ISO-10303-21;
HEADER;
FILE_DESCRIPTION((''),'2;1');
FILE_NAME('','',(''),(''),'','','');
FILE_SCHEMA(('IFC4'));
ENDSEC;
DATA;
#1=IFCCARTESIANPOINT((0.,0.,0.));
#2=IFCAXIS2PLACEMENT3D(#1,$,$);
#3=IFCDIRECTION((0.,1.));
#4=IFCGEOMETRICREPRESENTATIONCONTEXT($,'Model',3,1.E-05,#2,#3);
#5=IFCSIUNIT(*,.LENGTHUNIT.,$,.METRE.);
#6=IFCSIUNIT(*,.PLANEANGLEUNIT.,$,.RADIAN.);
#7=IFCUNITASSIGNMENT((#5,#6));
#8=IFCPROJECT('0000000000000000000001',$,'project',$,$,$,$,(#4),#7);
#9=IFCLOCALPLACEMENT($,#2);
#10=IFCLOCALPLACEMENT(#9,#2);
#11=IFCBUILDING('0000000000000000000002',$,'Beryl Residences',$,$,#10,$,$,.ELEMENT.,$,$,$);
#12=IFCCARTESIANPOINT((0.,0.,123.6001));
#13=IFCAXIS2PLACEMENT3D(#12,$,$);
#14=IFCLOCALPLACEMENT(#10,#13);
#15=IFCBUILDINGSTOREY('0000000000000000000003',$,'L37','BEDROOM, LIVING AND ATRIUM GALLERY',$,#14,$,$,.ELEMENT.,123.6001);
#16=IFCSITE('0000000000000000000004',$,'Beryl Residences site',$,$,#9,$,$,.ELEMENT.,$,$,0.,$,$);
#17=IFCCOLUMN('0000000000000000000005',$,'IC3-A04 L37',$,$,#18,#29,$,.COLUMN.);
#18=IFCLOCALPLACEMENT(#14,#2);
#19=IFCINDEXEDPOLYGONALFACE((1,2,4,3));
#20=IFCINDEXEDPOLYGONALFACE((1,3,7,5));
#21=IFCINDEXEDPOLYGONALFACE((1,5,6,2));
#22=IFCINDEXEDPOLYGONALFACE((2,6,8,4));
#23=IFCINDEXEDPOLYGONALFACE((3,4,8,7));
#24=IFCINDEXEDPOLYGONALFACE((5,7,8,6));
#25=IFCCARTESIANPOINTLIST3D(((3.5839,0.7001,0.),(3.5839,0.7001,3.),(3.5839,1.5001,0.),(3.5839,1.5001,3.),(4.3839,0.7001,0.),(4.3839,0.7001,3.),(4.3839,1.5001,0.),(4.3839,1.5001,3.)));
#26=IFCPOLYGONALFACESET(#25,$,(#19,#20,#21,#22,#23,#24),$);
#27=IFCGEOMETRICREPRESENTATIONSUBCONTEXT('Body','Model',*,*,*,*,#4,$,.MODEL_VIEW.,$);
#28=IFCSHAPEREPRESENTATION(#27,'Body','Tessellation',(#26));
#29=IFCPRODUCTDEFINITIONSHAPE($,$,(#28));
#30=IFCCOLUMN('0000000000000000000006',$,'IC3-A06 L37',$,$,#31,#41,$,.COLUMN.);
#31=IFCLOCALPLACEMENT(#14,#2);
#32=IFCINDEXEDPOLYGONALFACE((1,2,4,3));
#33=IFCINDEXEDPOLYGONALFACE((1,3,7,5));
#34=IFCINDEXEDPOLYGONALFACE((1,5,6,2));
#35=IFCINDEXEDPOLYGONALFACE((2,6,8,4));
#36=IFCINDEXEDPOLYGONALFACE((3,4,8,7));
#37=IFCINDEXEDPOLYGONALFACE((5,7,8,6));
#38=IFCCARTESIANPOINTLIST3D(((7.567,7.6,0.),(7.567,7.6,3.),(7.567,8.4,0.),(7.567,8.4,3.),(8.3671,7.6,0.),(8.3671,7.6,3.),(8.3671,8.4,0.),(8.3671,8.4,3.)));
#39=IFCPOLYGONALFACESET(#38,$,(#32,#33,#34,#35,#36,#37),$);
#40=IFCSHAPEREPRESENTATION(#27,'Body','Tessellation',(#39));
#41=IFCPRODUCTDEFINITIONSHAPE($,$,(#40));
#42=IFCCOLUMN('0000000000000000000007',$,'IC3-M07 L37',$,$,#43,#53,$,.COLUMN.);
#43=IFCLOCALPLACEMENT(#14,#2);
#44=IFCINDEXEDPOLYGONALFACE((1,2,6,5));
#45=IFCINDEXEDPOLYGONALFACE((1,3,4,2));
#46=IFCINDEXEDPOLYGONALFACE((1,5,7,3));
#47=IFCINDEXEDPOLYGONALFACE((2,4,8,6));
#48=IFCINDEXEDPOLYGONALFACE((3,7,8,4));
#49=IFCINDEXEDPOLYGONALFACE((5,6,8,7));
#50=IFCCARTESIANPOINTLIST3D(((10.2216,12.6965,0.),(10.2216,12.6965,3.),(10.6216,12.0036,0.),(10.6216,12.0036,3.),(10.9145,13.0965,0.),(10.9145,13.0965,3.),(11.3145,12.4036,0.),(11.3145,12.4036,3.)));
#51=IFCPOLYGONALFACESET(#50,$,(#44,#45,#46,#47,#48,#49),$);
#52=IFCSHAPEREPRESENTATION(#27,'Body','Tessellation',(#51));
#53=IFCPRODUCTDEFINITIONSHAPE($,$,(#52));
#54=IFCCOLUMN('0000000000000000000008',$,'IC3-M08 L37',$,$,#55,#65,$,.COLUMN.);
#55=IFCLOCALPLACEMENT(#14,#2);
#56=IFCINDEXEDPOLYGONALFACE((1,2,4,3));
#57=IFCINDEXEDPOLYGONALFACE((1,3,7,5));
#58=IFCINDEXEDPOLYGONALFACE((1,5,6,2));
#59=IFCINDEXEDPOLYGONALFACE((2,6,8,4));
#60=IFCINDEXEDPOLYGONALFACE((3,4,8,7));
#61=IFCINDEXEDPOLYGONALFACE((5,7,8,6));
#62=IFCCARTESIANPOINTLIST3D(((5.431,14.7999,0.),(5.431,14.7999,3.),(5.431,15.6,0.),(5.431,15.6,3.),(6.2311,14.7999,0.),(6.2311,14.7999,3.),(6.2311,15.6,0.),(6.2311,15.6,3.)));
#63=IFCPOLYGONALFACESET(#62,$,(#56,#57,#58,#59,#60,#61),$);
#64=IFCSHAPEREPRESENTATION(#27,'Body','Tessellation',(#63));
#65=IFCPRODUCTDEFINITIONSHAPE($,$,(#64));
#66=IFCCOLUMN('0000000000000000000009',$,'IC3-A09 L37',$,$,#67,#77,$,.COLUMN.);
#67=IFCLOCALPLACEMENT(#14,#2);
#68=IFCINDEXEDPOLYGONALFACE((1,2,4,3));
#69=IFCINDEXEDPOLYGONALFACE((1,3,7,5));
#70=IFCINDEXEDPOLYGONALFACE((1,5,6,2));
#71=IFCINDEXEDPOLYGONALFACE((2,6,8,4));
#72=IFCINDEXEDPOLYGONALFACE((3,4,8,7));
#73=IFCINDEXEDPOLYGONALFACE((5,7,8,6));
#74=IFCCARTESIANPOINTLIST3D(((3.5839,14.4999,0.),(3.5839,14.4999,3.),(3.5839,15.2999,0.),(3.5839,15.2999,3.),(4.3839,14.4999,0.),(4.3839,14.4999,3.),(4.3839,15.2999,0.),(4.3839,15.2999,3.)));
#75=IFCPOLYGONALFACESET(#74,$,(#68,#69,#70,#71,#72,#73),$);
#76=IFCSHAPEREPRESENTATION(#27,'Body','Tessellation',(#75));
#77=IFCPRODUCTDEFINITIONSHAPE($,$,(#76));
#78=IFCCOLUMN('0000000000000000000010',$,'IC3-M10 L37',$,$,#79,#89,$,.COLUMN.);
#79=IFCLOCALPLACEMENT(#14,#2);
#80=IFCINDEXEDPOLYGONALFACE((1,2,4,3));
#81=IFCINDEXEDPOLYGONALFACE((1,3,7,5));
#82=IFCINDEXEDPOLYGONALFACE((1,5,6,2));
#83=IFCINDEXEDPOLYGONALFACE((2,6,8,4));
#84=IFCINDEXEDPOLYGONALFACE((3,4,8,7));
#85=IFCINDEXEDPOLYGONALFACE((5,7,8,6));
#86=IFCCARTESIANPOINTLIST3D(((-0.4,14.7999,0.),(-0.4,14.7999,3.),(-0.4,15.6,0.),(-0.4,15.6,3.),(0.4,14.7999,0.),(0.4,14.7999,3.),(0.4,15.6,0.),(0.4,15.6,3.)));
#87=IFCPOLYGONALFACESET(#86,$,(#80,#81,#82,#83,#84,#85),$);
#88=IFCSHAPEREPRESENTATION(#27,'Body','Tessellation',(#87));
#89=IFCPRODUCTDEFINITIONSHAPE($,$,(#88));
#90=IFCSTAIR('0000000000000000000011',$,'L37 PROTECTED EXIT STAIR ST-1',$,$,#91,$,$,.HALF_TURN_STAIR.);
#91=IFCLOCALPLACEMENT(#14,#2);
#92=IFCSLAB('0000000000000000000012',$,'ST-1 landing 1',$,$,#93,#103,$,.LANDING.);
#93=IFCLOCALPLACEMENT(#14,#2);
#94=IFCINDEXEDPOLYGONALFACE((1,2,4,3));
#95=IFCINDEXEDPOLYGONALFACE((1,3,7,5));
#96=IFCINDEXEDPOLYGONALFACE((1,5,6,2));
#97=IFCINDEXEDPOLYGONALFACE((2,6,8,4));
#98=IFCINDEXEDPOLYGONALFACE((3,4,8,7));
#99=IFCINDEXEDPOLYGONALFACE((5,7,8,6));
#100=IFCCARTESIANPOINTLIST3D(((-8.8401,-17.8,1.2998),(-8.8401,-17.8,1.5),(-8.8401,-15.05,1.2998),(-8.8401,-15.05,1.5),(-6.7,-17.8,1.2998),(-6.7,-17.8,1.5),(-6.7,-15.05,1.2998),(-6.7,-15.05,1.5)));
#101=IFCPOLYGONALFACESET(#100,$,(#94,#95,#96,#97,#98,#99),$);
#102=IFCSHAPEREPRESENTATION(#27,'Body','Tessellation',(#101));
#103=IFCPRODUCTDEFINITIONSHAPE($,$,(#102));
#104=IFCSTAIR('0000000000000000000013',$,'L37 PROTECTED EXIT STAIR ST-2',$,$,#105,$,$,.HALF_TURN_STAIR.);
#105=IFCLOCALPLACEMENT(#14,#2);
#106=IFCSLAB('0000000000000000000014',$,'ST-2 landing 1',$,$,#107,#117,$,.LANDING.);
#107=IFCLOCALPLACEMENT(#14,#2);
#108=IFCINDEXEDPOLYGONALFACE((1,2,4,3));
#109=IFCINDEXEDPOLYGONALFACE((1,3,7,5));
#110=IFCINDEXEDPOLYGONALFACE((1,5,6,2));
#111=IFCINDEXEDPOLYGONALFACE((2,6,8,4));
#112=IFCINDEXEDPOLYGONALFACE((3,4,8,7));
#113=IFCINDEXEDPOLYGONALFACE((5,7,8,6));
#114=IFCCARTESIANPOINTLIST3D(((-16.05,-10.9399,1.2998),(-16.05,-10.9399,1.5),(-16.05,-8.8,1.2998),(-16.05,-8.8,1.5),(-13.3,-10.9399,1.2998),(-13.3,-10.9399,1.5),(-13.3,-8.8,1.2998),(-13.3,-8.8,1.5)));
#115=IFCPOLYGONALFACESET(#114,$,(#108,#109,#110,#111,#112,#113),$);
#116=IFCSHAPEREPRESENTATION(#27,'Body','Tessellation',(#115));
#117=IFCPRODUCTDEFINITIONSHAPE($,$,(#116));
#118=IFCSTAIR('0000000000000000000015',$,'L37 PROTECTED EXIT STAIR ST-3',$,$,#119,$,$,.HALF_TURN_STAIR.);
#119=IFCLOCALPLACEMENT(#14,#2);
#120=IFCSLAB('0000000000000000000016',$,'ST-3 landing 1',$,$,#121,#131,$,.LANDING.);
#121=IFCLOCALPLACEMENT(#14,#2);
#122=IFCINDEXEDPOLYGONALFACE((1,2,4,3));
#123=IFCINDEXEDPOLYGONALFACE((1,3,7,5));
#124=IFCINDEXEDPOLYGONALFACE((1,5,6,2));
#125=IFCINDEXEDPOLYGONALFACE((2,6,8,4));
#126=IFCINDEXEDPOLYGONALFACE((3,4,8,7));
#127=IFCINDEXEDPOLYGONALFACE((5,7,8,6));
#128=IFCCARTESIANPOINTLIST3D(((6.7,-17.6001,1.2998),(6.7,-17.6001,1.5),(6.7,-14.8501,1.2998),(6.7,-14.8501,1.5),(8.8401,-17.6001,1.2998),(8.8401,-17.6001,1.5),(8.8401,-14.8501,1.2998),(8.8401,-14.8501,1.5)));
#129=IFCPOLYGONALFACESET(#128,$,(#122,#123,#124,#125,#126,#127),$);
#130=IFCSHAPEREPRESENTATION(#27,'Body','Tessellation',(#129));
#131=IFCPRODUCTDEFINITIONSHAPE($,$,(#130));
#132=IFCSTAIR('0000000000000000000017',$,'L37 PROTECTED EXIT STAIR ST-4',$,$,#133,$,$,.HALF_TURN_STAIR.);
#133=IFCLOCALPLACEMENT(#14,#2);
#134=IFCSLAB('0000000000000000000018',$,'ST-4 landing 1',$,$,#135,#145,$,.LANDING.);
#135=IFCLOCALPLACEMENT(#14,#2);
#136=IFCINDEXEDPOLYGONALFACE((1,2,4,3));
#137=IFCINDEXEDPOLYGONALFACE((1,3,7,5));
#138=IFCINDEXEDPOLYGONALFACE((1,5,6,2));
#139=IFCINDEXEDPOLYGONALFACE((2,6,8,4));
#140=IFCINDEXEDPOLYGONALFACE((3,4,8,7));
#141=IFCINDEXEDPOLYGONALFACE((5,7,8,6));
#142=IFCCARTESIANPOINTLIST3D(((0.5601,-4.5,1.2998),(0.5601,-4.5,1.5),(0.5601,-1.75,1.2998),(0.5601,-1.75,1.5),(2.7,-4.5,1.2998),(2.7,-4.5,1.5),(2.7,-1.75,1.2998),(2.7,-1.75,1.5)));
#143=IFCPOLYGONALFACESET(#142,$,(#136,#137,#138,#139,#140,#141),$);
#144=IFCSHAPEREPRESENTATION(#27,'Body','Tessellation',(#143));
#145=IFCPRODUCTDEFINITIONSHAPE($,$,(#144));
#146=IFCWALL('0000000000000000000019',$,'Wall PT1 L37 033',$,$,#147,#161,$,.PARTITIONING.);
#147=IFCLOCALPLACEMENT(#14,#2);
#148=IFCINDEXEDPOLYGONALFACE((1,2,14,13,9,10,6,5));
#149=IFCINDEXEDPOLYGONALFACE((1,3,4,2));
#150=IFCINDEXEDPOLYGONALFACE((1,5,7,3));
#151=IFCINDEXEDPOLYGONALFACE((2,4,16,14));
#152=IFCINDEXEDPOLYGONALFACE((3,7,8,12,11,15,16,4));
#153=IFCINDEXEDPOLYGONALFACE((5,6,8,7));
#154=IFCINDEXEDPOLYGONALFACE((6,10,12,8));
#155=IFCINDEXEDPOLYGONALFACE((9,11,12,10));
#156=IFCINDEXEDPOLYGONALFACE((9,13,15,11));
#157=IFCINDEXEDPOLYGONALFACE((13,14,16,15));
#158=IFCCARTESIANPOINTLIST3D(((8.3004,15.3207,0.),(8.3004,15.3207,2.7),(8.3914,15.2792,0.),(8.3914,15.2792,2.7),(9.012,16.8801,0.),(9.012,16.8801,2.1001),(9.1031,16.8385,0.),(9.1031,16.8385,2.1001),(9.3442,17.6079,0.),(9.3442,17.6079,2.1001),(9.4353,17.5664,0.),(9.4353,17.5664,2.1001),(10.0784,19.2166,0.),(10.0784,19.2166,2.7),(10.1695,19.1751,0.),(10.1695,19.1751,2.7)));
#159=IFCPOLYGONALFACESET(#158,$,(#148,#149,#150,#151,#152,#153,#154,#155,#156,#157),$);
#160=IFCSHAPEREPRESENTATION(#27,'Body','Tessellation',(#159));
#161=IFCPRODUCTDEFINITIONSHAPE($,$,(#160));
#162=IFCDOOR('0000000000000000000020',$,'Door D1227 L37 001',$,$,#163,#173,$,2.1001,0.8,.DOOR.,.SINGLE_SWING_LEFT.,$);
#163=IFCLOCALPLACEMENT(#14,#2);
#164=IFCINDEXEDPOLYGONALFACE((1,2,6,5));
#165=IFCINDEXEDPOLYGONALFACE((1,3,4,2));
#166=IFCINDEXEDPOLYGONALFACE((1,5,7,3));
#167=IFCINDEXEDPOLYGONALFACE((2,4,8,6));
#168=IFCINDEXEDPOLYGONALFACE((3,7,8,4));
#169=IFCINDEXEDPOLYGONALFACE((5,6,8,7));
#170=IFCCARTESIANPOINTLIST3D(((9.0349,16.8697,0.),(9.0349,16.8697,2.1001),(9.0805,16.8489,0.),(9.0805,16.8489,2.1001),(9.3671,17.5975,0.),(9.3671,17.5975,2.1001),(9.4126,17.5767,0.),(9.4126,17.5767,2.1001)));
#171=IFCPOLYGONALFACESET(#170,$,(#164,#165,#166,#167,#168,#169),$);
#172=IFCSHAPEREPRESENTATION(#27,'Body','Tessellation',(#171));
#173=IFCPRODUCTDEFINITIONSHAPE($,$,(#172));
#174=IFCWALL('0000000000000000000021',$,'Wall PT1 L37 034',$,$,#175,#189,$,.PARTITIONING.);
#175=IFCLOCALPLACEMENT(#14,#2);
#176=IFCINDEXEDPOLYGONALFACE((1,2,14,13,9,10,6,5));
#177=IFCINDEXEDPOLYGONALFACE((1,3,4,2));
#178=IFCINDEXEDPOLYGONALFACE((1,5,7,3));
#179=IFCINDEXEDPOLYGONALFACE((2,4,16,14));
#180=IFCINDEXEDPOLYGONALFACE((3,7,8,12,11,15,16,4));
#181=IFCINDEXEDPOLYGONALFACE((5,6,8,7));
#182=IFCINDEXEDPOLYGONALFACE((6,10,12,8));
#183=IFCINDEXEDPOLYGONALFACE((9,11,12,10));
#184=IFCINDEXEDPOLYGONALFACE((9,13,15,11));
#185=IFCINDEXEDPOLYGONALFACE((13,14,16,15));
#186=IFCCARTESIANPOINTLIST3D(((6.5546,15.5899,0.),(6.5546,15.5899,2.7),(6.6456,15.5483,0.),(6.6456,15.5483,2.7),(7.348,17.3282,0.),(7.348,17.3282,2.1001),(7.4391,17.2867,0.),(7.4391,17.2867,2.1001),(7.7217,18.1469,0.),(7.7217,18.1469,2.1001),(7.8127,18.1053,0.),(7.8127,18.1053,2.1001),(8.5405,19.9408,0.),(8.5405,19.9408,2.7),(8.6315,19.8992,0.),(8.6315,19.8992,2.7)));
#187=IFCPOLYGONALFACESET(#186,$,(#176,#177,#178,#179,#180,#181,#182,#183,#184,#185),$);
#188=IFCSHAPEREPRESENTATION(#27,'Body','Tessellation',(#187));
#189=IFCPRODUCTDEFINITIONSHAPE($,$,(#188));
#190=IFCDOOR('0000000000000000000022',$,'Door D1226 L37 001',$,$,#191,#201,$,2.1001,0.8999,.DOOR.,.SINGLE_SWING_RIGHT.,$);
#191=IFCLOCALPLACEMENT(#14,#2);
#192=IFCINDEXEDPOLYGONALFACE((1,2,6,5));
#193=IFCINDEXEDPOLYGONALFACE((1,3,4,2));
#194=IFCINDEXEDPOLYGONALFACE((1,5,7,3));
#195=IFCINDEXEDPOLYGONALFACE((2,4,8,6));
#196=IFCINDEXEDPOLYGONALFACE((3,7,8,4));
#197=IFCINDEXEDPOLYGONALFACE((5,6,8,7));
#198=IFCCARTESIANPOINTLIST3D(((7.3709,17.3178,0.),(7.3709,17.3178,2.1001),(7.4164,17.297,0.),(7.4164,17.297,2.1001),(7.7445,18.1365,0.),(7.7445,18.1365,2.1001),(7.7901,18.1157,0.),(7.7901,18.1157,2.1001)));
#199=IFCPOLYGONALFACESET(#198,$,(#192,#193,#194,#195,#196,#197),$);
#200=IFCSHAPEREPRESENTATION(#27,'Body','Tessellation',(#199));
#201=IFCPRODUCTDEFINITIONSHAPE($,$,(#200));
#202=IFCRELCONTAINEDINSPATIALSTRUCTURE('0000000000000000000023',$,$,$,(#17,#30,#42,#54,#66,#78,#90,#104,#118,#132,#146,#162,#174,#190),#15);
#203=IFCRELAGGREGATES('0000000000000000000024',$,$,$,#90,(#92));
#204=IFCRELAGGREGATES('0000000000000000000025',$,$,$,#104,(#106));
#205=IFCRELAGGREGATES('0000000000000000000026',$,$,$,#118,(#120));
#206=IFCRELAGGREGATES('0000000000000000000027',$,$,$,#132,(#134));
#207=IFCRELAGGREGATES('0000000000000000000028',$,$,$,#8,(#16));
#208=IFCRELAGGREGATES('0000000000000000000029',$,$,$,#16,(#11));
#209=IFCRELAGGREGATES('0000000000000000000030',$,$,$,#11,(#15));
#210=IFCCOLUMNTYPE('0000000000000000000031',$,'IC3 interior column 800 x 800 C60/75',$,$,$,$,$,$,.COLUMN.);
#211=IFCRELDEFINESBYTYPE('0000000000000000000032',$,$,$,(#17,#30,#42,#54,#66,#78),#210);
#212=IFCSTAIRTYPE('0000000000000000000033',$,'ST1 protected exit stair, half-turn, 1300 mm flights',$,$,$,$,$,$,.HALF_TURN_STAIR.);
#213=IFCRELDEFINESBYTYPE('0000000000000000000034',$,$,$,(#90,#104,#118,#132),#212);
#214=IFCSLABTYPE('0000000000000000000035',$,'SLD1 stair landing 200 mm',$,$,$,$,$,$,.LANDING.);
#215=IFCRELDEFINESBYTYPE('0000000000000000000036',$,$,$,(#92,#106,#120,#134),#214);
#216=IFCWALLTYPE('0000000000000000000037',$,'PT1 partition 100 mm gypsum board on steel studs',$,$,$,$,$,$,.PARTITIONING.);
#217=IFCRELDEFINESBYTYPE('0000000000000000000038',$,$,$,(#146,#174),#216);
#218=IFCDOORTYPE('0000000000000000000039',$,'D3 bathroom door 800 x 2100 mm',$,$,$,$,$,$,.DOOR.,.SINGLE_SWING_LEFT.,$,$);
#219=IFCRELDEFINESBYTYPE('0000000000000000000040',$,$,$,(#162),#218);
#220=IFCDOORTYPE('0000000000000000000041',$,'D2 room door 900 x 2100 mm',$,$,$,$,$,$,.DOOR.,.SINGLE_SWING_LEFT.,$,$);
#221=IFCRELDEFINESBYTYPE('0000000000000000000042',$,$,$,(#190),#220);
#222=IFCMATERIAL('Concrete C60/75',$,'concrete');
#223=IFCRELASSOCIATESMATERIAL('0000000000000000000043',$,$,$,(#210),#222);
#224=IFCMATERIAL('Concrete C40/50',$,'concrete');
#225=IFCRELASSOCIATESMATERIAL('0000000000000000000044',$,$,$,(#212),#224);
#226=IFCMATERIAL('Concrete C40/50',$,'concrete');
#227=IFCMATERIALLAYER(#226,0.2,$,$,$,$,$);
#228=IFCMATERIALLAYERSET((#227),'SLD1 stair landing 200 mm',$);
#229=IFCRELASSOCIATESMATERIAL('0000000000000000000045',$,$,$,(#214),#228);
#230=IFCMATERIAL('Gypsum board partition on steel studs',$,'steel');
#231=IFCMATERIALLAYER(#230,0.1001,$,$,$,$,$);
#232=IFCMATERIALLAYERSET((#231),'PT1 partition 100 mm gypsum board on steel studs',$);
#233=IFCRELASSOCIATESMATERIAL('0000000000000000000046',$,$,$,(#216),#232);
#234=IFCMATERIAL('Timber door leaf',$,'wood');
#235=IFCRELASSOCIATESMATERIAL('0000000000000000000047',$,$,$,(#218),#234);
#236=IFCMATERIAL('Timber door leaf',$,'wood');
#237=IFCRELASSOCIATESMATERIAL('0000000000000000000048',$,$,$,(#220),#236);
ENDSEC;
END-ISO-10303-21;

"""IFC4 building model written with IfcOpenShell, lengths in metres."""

from ifc_helpers import new_model, si_unit, direction, frame, frame_2d, origin, origin_2d, place, context, subcontext, project, spatial, polyline, rectangle, outline, extrude, material, layer, layer_set, material_profile, profile_set, type_object, element, fill, aggregate, save


model = new_model("IFC4")

# Units and contexts
model_context = context("Model", 3, precision=1e-05, world=origin(), true_north=direction((0.0, 1.0)))
body_context = subcontext(model_context, "Body", "Model", "MODEL_VIEW")
ifc_project = project(units=[si_unit("LENGTHUNIT", "METRE"), si_unit("PLANEANGLEUNIT", "RADIAN")], contexts=[model_context])

# Site, building, storey
site_placement = place(None, origin())
site = spatial("IfcSite", under=ifc_project, at=site_placement, Name="Beryl Residences site", CompositionType="ELEMENT", RefElevation=0.0)
building_placement = place(site_placement, origin())
building = spatial("IfcBuilding", under=site, at=building_placement, Name="Beryl Residences", CompositionType="ELEMENT")
storey_placement = place(building_placement, frame((0.0, 0.0, 123.6001)))
storey = spatial("IfcBuildingStorey", under=building, at=storey_placement, Name="L37", Description="BEDROOM, LIVING AND ATRIUM GALLERY", CompositionType="ELEMENT", Elevation=123.6001)

# Columns
ifc_material_1 = material(Name="Concrete C60/75", Category="concrete")
ifc_material_profile = material_profile(ifc_material_1, rectangle(XDim=0.8, YDim=0.8, at=origin_2d()))
ifc_profile_set = profile_set([ifc_material_profile], Name="Concrete C60/75")
column_type = type_object("IfcColumnType", Name="IC3 interior column 800 x 800 C60/75", PredefinedType="COLUMN", material=ifc_profile_set)
for number, where, z_axis, x_axis, name in (
    (1, (3.9839, 1.1001, 0.0), (0.0, 0.0, 1.0), (1.0, 0.0, 0.0), "IC3-A04 L37"),
    (2, (7.967, 8.0, 0.0), (0.0, 0.0, 1.0), (1.0, 0.0, 0.0), "IC3-A06 L37"),
    (3, (10.7681, 12.55, 0.0), (0.0, 0.0, 1.0), (-0.5, 0.866025, 0.0), "IC3-M07 L37"),
    (4, (5.8311, 15.2, 0.0), (0.0, 0.0, 1.0), (-1.0, 0.0, 0.0), "IC3-M08 L37"),
    (5, (3.9839, 14.8999, 0.0), (0.0, 0.0, 1.0), (1.0, 0.0, 0.0), "IC3-A09 L37"),
    (6, (0.0, 15.2, 0.0), (0.0, 0.0, 1.0), (-1.0, 0.0, 0.0), "IC3-M10 L37"),
):
    element("IfcColumn", number, at=place(storey_placement, frame(where, z_axis=z_axis, x_axis=x_axis)), inside=storey, type_object=column_type, Name=name, PredefinedType="COLUMN", context=body_context, shape_type="SweptSolid", body=[
        extrude(rectangle(XDim=0.8, YDim=0.8, at=origin_2d()), origin(), (0.0, 0.0, 1.0), 3.0),
    ])

# Stairs, slabs
ifc_material_2 = material(Name="Concrete C40/50", Category="concrete")
stair_type = type_object("IfcStairType", Name="ST1 protected exit stair, half-turn, 1300 mm flights", PredefinedType="HALF_TURN_STAIR", material=ifc_material_2)
stair_1_placement = place(storey_placement, origin())
stair_1 = element("IfcStair", 7, at=stair_1_placement, inside=storey, type_object=stair_type, Name="L37 PROTECTED EXIT STAIR ST-1", PredefinedType="HALF_TURN_STAIR")
ifc_material_3 = material(Name="Concrete C40/50", Category="concrete")
ifc_layer_1 = layer(ifc_material_3, 0.2)
ifc_layer_set_1 = layer_set([ifc_layer_1], Name="SLD1 stair landing 200 mm")
slab_type_1 = type_object("IfcSlabType", Name="SLD1 stair landing 200 mm", PredefinedType="LANDING", material=ifc_layer_set_1)
slab_1_placement = place(storey_placement, frame((0.0, 0.0, 1.2998)))
slab_1 = element("IfcSlab", 8, at=slab_1_placement, type_object=slab_type_1, Name="ST-1 landing 1", PredefinedType="LANDING", context=body_context, shape_type="SweptSolid", body=[
    extrude(outline(polyline([(-8.8401, -17.8), (-6.7, -17.8), (-6.7, -15.05), (-8.8401, -15.05), (-8.8401, -17.8)])), origin(), (0.0, 0.0, 1.0), 0.2002),
])
aggregate(stair_1, [slab_1])
stair_2_placement = place(storey_placement, origin())
stair_2 = element("IfcStair", 9, at=stair_2_placement, inside=storey, type_object=stair_type, Name="L37 PROTECTED EXIT STAIR ST-2", PredefinedType="HALF_TURN_STAIR")
slab_2_placement = place(storey_placement, frame((0.0, 0.0, 1.2998)))
slab_2 = element("IfcSlab", 10, at=slab_2_placement, type_object=slab_type_1, Name="ST-2 landing 1", PredefinedType="LANDING", context=body_context, shape_type="SweptSolid", body=[
    extrude(outline(polyline([(-13.3, -10.9399), (-13.3, -8.8), (-16.05, -8.8), (-16.05, -10.9399), (-13.3, -10.9399)])), origin(), (0.0, 0.0, 1.0), 0.2002),
])
aggregate(stair_2, [slab_2])
stair_3_placement = place(storey_placement, origin())
stair_3 = element("IfcStair", 11, at=stair_3_placement, inside=storey, type_object=stair_type, Name="L37 PROTECTED EXIT STAIR ST-3", PredefinedType="HALF_TURN_STAIR")
slab_3_placement = place(storey_placement, frame((0.0, 0.0, 1.2998)))
slab_3 = element("IfcSlab", 12, at=slab_3_placement, type_object=slab_type_1, Name="ST-3 landing 1", PredefinedType="LANDING", context=body_context, shape_type="SweptSolid", body=[
    extrude(outline(polyline([(8.8401, -14.8501), (6.7, -14.8501), (6.7, -17.6001), (8.8401, -17.6001), (8.8401, -14.8501)])), origin(), (0.0, 0.0, 1.0), 0.2002),
])
aggregate(stair_3, [slab_3])
stair_4_placement = place(storey_placement, origin())
stair_4 = element("IfcStair", 13, at=stair_4_placement, inside=storey, type_object=stair_type, Name="L37 PROTECTED EXIT STAIR ST-4", PredefinedType="HALF_TURN_STAIR")
slab_4_placement = place(storey_placement, frame((0.0, 0.0, 1.2998)))
slab_4 = element("IfcSlab", 14, at=slab_4_placement, type_object=slab_type_1, Name="ST-4 landing 1", PredefinedType="LANDING", context=body_context, shape_type="SweptSolid", body=[
    extrude(outline(polyline([(0.5601, -4.5), (2.7, -4.5), (2.7, -1.75), (0.5601, -1.75), (0.5601, -4.5)])), origin(), (0.0, 0.0, 1.0), 0.2002),
])
aggregate(stair_4, [slab_4])

# Walls, openings, doors
ifc_material_4 = material(Name="Gypsum board partition on steel studs", Category="steel")
ifc_layer_2 = layer(ifc_material_4, 0.1001)
ifc_layer_set_2 = layer_set([ifc_layer_2], Name="PT1 partition 100 mm gypsum board on steel studs")
wall_type_1 = type_object("IfcWallType", Name="PT1 partition 100 mm gypsum board on steel studs", PredefinedType="PARTITIONING", material=ifc_layer_set_2)
wall_1_placement = place(storey_placement, frame((8.3459, 15.3, 0.0), z_axis=(0.0, 0.0, 1.0), x_axis=(0.41519, 0.909735, 0.0)))
wall_1 = element("IfcWall", 15, at=wall_1_placement, inside=storey, type_object=wall_type_1, Name="Wall PT1 L37 033", PredefinedType="PARTITIONING", context=body_context, shape_type="SweptSolid", body=[
    extrude(rectangle(XDim=4.2825, YDim=0.1001, at=frame_2d((2.1411, 0.0))), origin(), (0.0, 0.0, 1.0), 2.7),
])
opening_1_placement = place(wall_1_placement, frame((1.7141, 0.0, 0.0)))
opening_1 = element("IfcOpeningElement", 16, at=opening_1_placement, cuts=wall_1, PredefinedType="OPENING", context=body_context, shape_type="SweptSolid", body=[
    extrude(rectangle(XDim=0.8, YDim=2.1001, at=frame_2d((0.3999, 1.05))), frame((0.0, 0.0601, 0.0), z_axis=(0.0, -1.0, 0.0), x_axis=(1.0, 0.0, 0.0)), (0.0, 0.0, 1.0), 0.1201),
])
ifc_material_5 = material(Name="Timber door leaf", Category="wood")
door_type_1 = type_object("IfcDoorType", Name="D3 bathroom door 800 x 2100 mm", OperationType="SINGLE_SWING_LEFT", PredefinedType="DOOR", material=ifc_material_5)
door_1_placement = place(opening_1_placement, origin())
door_1 = element("IfcDoor", 17, at=door_1_placement, inside=storey, type_object=door_type_1, Name="Door D1227 L37 001", OperationType="SINGLE_SWING_LEFT", OverallHeight=2.1001, OverallWidth=0.8, PredefinedType="DOOR", context=body_context, shape_type="SweptSolid", body=[
    extrude(rectangle(XDim=0.8, YDim=2.1001, at=frame_2d((0.3999, 1.05))), frame((0.0, 0.0249, 0.0), z_axis=(0.0, -1.0, 0.0), x_axis=(1.0, 0.0, 0.0)), (0.0, 0.0, 1.0), 0.05),
])
fill(opening_1, door_1)
wall_2_placement = place(storey_placement, frame((6.6001, 15.5691, 0.0), z_axis=(0.0, 0.0, 1.0), x_axis=(0.415222, 0.90972, 0.0)))
wall_2 = element("IfcWall", 18, at=wall_2_placement, inside=storey, type_object=wall_type_1, Name="Wall PT1 L37 034", PredefinedType="PARTITIONING", context=body_context, shape_type="SweptSolid", body=[
    extrude(rectangle(XDim=4.7827, YDim=0.1001, at=frame_2d((2.3914, 0.0))), origin(), (0.0, 0.0, 1.0), 2.7),
])
opening_2_placement = place(wall_2_placement, frame((1.9109, 0.0, 0.0)))
opening_2 = element("IfcOpeningElement", 19, at=opening_2_placement, cuts=wall_2, PredefinedType="OPENING", context=body_context, shape_type="SweptSolid", body=[
    extrude(rectangle(XDim=0.8999, YDim=2.1001, at=frame_2d((0.45, 1.05))), frame((0.0, 0.0601, 0.0), z_axis=(0.0, -1.0, 0.0), x_axis=(1.0, 0.0, 0.0)), (0.0, 0.0, 1.0), 0.1201),
])
ifc_material_6 = material(Name="Timber door leaf", Category="wood")
door_type_2 = type_object("IfcDoorType", Name="D2 room door 900 x 2100 mm", OperationType="SINGLE_SWING_LEFT", PredefinedType="DOOR", material=ifc_material_6)
door_2_placement = place(opening_2_placement, origin())
door_2 = element("IfcDoor", 20, at=door_2_placement, inside=storey, type_object=door_type_2, Name="Door D1226 L37 001", OperationType="SINGLE_SWING_RIGHT", OverallHeight=2.1001, OverallWidth=0.8999, PredefinedType="DOOR", context=body_context, shape_type="SweptSolid", body=[
    extrude(rectangle(XDim=0.8999, YDim=2.1001, at=frame_2d((0.45, 1.05))), frame((0.0, 0.0249, 0.0), z_axis=(0.0, -1.0, 0.0), x_axis=(1.0, 0.0, 0.0)), (0.0, 0.0, 1.0), 0.05),
])
fill(opening_2, door_2)

save(model, "model.ifc")
